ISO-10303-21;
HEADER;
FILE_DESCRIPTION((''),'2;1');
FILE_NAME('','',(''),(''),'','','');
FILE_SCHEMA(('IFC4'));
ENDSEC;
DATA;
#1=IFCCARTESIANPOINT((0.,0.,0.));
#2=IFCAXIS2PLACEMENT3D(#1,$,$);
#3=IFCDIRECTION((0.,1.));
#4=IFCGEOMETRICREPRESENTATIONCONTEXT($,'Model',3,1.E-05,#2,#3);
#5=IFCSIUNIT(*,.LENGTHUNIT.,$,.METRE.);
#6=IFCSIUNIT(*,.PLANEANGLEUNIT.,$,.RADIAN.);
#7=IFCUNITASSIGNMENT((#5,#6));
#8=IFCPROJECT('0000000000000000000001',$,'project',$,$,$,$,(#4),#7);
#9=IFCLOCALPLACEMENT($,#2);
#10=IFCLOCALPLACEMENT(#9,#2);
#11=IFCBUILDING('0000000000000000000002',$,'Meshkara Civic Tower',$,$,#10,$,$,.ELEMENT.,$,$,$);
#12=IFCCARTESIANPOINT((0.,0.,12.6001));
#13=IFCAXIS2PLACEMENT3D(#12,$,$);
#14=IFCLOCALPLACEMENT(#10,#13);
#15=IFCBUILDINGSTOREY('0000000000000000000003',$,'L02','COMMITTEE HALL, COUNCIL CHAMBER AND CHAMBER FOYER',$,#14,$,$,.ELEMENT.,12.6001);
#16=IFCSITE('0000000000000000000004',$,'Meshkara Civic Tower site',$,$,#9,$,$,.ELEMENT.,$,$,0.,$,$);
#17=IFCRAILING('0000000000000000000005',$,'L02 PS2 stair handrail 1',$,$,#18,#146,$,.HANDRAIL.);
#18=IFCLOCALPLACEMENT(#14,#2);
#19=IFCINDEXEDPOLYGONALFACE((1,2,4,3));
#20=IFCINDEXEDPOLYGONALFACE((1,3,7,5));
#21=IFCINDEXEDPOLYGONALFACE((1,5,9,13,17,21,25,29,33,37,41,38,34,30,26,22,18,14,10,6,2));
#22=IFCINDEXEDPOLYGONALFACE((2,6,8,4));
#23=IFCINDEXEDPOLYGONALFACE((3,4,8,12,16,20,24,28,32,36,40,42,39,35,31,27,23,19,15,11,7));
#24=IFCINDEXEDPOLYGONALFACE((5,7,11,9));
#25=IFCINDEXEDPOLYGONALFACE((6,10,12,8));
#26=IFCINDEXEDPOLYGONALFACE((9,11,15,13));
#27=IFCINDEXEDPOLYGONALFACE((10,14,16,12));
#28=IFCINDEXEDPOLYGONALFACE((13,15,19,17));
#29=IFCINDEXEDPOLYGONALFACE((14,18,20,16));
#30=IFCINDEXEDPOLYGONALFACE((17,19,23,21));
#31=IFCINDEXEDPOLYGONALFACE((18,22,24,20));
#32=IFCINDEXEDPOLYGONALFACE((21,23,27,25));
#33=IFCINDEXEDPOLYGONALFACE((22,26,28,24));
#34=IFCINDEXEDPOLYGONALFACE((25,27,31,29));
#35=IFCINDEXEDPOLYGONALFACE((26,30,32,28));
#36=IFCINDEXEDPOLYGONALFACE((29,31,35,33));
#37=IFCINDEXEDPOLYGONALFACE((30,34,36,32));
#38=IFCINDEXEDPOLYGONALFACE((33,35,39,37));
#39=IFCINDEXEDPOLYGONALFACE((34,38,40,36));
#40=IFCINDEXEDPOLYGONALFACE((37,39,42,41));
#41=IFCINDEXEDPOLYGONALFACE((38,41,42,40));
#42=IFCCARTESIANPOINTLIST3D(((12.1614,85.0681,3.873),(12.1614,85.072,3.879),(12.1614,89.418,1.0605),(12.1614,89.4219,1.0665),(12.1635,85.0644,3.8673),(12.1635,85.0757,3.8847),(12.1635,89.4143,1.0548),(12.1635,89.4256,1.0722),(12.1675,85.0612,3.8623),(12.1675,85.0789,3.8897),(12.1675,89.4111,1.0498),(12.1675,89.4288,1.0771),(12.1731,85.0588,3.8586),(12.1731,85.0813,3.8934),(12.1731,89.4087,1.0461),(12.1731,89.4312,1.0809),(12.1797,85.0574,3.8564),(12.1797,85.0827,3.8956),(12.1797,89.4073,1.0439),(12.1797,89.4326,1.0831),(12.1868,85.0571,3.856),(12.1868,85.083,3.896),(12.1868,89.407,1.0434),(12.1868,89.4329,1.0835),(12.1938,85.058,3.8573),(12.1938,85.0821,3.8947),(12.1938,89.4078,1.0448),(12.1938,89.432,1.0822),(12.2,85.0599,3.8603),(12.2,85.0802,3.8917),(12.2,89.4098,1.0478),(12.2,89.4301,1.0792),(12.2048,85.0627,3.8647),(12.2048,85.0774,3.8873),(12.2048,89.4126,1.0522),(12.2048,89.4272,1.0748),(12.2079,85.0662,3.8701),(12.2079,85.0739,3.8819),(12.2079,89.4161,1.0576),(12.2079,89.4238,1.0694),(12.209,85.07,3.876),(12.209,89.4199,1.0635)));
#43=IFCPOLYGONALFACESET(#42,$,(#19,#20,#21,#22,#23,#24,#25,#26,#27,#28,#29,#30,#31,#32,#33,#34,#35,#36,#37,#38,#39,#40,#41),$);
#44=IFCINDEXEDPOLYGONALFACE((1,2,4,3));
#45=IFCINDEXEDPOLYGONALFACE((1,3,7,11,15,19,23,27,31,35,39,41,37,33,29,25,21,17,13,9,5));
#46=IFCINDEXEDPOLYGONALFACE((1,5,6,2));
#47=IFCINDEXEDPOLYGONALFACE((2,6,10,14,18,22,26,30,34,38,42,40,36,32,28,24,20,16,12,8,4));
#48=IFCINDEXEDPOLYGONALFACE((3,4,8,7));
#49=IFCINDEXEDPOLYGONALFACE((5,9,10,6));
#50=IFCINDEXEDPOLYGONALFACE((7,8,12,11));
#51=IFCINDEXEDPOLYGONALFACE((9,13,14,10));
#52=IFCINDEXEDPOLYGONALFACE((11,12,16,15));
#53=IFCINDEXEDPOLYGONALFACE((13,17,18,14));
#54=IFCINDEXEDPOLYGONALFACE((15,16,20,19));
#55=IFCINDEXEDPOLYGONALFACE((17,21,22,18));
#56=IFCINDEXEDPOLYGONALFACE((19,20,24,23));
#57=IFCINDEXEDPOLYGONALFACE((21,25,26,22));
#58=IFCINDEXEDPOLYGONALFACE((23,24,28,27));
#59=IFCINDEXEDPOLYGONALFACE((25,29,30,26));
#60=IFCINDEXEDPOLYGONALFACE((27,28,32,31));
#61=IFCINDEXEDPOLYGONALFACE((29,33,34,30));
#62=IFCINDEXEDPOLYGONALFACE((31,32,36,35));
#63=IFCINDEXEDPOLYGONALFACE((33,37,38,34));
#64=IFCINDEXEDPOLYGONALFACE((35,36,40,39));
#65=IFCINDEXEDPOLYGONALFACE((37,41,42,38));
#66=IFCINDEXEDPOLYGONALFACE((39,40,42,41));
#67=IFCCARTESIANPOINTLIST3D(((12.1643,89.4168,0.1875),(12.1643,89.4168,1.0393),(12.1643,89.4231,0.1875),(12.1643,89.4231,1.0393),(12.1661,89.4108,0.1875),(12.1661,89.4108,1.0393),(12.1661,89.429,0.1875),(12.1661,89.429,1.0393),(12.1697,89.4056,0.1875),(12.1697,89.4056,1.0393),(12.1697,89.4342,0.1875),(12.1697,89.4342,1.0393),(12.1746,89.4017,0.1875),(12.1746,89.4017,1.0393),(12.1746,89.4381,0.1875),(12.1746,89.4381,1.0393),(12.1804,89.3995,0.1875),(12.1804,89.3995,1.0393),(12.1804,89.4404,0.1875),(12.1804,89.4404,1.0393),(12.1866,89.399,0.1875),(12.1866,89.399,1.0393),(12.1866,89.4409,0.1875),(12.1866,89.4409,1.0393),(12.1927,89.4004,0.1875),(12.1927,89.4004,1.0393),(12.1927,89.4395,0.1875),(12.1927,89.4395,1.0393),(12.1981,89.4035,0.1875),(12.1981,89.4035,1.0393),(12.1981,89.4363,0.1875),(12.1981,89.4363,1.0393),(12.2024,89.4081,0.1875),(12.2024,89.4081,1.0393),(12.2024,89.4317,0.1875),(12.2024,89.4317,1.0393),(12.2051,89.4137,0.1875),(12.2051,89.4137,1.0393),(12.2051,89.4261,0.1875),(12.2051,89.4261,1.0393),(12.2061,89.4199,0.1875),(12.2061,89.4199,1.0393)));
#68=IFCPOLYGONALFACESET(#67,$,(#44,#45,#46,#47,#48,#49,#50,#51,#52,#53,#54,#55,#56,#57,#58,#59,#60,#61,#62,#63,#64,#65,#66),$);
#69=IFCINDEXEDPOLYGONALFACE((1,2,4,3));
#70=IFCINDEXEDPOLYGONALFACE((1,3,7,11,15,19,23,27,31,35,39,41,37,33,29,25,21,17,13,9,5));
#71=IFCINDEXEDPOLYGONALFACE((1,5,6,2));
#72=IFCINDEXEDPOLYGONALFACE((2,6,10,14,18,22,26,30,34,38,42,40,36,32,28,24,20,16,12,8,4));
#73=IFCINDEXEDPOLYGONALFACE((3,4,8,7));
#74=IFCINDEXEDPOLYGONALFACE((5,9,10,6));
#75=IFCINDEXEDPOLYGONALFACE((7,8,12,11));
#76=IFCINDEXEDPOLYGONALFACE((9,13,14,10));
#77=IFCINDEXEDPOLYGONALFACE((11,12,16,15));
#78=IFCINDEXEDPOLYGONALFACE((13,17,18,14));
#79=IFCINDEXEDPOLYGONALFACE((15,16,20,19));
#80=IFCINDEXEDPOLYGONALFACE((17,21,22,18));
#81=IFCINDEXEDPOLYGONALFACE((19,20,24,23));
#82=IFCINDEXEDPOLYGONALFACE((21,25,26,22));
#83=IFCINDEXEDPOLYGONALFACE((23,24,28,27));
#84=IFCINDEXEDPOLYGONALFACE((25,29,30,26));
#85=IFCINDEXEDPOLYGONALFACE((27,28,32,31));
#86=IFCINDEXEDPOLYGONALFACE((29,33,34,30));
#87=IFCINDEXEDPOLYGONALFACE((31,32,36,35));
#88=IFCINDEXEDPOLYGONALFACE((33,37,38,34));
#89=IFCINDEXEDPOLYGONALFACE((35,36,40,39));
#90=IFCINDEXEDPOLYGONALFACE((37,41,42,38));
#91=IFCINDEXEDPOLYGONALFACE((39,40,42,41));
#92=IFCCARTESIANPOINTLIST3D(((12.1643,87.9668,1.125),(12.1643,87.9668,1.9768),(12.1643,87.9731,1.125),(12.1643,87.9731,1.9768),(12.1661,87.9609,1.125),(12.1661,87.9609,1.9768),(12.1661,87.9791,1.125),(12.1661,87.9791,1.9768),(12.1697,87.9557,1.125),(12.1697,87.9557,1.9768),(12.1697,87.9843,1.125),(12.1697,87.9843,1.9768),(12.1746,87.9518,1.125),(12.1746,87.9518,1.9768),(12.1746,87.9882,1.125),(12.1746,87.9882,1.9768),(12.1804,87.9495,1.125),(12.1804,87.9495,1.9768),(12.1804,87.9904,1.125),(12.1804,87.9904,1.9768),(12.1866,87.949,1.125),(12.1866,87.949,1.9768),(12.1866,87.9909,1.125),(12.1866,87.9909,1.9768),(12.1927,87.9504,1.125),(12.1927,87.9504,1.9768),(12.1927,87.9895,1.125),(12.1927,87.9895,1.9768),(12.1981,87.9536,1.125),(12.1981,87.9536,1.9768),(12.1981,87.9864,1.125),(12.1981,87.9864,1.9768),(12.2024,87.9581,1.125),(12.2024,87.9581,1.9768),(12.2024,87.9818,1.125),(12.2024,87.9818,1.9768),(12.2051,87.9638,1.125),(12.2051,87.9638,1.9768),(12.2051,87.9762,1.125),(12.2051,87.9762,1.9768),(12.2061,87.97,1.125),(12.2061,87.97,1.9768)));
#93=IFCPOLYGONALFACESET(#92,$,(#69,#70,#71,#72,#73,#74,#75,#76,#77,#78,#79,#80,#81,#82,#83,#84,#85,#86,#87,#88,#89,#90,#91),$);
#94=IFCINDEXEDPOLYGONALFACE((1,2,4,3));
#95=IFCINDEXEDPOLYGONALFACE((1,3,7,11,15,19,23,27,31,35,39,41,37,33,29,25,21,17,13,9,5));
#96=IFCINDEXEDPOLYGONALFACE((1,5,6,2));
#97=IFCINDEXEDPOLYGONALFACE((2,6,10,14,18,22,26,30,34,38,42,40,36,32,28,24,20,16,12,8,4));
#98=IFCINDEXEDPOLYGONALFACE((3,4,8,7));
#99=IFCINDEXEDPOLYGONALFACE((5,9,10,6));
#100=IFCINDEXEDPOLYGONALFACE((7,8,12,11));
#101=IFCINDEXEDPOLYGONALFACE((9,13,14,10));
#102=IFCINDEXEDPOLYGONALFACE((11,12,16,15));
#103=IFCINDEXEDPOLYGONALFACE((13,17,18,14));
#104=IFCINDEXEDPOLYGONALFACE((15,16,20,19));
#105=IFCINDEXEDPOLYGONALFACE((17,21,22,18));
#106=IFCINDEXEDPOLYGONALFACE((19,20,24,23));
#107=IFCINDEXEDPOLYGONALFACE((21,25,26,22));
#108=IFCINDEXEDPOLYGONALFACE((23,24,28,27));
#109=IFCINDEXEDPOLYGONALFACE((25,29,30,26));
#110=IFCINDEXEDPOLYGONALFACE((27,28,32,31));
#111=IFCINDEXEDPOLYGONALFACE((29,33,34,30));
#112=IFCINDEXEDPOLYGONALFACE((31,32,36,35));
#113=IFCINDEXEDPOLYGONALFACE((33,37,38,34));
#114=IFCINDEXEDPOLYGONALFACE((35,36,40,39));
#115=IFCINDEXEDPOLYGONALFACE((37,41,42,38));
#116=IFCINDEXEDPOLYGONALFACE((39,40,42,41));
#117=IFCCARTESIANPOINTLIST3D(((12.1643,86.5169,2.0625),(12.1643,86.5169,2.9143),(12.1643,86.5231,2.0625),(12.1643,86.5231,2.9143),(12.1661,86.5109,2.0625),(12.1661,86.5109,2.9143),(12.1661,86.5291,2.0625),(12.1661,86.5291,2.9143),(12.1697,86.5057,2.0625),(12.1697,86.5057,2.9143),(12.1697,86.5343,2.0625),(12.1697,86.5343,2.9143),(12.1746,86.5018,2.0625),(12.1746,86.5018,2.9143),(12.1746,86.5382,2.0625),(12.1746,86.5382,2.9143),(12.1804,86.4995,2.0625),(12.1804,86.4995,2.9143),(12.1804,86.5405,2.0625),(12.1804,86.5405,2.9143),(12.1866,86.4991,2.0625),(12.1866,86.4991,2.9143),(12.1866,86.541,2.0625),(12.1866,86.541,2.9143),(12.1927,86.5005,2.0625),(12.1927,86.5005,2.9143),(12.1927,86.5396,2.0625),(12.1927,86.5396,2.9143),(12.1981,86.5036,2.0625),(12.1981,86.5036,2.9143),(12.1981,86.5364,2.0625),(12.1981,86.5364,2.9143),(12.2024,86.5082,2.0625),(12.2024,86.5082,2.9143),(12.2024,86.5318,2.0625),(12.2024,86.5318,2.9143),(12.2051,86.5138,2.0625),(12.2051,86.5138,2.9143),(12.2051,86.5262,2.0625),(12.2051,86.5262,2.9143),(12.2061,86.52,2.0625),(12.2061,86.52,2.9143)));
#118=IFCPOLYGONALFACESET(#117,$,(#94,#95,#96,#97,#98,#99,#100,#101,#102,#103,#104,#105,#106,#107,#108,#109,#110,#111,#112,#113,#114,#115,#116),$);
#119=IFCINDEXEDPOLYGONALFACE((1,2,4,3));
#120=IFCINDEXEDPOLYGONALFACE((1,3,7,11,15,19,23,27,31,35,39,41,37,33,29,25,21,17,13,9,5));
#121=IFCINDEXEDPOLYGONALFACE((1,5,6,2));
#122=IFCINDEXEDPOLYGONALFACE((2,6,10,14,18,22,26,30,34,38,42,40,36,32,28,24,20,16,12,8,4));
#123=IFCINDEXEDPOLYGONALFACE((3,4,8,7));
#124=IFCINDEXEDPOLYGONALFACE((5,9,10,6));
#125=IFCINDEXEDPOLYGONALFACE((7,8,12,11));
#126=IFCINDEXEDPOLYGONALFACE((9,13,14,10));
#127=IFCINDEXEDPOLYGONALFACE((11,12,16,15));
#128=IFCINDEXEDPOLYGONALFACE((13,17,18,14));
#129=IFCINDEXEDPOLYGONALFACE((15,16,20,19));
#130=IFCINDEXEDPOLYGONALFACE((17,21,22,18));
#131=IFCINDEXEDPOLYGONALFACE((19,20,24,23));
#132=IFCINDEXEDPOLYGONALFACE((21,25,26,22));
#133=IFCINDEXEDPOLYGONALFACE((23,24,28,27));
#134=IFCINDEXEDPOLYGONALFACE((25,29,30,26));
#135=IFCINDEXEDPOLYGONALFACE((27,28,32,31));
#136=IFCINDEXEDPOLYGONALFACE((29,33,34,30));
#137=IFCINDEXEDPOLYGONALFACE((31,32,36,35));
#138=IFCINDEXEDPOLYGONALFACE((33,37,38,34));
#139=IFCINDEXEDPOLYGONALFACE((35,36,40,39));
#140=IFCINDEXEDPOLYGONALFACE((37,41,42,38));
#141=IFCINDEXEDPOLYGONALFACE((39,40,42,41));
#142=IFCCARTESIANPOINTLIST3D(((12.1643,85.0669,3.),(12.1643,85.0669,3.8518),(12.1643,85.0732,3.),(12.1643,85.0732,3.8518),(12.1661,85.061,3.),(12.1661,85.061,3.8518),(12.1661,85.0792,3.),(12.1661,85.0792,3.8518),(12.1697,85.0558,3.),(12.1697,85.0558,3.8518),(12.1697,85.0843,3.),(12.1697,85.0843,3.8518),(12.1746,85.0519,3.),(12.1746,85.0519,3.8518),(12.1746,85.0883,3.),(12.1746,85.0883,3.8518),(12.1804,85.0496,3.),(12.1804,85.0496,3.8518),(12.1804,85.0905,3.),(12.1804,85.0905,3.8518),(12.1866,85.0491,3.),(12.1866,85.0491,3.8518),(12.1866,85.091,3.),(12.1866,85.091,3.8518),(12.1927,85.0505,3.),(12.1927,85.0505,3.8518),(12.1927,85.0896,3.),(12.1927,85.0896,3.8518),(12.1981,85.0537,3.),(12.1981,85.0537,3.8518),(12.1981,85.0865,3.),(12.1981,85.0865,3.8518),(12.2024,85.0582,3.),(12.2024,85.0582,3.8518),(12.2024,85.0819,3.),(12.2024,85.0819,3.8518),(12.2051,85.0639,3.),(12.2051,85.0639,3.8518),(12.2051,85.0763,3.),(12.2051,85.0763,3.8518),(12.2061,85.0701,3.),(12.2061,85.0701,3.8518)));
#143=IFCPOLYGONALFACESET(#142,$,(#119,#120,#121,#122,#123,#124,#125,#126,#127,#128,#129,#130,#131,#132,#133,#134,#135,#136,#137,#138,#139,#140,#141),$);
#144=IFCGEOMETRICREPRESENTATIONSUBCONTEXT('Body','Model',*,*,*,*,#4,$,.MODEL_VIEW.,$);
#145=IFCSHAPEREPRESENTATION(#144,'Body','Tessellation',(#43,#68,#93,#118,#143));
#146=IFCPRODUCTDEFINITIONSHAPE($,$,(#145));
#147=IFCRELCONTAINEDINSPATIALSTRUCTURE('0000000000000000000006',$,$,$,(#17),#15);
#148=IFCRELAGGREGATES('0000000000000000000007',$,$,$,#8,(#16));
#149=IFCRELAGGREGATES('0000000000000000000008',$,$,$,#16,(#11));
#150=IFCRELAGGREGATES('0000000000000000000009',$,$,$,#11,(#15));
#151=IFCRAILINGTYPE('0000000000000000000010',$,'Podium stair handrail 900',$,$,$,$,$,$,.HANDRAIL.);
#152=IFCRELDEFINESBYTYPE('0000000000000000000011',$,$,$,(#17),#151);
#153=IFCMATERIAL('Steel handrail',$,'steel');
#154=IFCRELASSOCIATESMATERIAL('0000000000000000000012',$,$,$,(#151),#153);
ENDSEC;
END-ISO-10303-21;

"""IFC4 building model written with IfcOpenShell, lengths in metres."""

from ifc_helpers import new_model, si_unit, direction, frame, origin, origin_2d, place, context, subcontext, project, spatial, circle, extrude, material, type_object, element, save


model = new_model("IFC4")

# Units and contexts
model_context = context("Model", 3, precision=1e-05, world=origin(), true_north=direction((0.0, 1.0)))
body_context = subcontext(model_context, "Body", "Model", "MODEL_VIEW")
ifc_project = project(units=[si_unit("LENGTHUNIT", "METRE"), si_unit("PLANEANGLEUNIT", "RADIAN")], contexts=[model_context])

# Site, building, storey
site_placement = place(None, origin())
site = spatial("IfcSite", under=ifc_project, at=site_placement, Name="Meshkara Civic Tower site", CompositionType="ELEMENT", RefElevation=0.0)
building_placement = place(site_placement, origin())
building = spatial("IfcBuilding", under=site, at=building_placement, Name="Meshkara Civic Tower", CompositionType="ELEMENT")
storey_placement = place(building_placement, frame((0.0, 0.0, 12.6001)))
storey = spatial("IfcBuildingStorey", under=building, at=storey_placement, Name="L02", Description="COMMITTEE HALL, COUNCIL CHAMBER AND CHAMBER FOYER", CompositionType="ELEMENT", Elevation=12.6001)

# Railing
ifc_material_1 = material(Name="Steel handrail", Category="steel")
railing_type_1 = type_object("IfcRailingType", Name="Podium stair handrail 900", PredefinedType="HANDRAIL", material=ifc_material_1)
railing_1_placement = place(storey_placement, frame((12.1851, 89.4199, 0.1875)))
element("IfcRailing", 1, at=railing_1_placement, inside=storey, type_object=railing_type_1, Name="L02 PS2 stair handrail 1", PredefinedType="HANDRAIL", context=body_context, shape_type="SweptSolid", body=[
    extrude(circle(Radius=0.0239, at=origin_2d()), frame((0.0, 0.0, 0.876), z_axis=(0.0, -0.839756, 0.542964), x_axis=(1.0, 0.0, 0.0)), (0.0, 0.0, 1.0), 5.1799),
    extrude(circle(Radius=0.021, at=origin_2d()), origin(), (0.0, 0.0, 1.0), 0.8518),
    extrude(circle(Radius=0.021, at=origin_2d()), frame((0.0, -1.45, 0.9375)), (0.0, 0.0, 1.0), 0.8518),
    extrude(circle(Radius=0.021, at=origin_2d()), frame((0.0, -2.8999, 1.875)), (0.0, 0.0, 1.0), 0.8518),
    extrude(circle(Radius=0.021, at=origin_2d()), frame((0.0, -4.3499, 2.8125)), (0.0, 0.0, 1.0), 0.8518),
])

save(model, "model.ifc")
